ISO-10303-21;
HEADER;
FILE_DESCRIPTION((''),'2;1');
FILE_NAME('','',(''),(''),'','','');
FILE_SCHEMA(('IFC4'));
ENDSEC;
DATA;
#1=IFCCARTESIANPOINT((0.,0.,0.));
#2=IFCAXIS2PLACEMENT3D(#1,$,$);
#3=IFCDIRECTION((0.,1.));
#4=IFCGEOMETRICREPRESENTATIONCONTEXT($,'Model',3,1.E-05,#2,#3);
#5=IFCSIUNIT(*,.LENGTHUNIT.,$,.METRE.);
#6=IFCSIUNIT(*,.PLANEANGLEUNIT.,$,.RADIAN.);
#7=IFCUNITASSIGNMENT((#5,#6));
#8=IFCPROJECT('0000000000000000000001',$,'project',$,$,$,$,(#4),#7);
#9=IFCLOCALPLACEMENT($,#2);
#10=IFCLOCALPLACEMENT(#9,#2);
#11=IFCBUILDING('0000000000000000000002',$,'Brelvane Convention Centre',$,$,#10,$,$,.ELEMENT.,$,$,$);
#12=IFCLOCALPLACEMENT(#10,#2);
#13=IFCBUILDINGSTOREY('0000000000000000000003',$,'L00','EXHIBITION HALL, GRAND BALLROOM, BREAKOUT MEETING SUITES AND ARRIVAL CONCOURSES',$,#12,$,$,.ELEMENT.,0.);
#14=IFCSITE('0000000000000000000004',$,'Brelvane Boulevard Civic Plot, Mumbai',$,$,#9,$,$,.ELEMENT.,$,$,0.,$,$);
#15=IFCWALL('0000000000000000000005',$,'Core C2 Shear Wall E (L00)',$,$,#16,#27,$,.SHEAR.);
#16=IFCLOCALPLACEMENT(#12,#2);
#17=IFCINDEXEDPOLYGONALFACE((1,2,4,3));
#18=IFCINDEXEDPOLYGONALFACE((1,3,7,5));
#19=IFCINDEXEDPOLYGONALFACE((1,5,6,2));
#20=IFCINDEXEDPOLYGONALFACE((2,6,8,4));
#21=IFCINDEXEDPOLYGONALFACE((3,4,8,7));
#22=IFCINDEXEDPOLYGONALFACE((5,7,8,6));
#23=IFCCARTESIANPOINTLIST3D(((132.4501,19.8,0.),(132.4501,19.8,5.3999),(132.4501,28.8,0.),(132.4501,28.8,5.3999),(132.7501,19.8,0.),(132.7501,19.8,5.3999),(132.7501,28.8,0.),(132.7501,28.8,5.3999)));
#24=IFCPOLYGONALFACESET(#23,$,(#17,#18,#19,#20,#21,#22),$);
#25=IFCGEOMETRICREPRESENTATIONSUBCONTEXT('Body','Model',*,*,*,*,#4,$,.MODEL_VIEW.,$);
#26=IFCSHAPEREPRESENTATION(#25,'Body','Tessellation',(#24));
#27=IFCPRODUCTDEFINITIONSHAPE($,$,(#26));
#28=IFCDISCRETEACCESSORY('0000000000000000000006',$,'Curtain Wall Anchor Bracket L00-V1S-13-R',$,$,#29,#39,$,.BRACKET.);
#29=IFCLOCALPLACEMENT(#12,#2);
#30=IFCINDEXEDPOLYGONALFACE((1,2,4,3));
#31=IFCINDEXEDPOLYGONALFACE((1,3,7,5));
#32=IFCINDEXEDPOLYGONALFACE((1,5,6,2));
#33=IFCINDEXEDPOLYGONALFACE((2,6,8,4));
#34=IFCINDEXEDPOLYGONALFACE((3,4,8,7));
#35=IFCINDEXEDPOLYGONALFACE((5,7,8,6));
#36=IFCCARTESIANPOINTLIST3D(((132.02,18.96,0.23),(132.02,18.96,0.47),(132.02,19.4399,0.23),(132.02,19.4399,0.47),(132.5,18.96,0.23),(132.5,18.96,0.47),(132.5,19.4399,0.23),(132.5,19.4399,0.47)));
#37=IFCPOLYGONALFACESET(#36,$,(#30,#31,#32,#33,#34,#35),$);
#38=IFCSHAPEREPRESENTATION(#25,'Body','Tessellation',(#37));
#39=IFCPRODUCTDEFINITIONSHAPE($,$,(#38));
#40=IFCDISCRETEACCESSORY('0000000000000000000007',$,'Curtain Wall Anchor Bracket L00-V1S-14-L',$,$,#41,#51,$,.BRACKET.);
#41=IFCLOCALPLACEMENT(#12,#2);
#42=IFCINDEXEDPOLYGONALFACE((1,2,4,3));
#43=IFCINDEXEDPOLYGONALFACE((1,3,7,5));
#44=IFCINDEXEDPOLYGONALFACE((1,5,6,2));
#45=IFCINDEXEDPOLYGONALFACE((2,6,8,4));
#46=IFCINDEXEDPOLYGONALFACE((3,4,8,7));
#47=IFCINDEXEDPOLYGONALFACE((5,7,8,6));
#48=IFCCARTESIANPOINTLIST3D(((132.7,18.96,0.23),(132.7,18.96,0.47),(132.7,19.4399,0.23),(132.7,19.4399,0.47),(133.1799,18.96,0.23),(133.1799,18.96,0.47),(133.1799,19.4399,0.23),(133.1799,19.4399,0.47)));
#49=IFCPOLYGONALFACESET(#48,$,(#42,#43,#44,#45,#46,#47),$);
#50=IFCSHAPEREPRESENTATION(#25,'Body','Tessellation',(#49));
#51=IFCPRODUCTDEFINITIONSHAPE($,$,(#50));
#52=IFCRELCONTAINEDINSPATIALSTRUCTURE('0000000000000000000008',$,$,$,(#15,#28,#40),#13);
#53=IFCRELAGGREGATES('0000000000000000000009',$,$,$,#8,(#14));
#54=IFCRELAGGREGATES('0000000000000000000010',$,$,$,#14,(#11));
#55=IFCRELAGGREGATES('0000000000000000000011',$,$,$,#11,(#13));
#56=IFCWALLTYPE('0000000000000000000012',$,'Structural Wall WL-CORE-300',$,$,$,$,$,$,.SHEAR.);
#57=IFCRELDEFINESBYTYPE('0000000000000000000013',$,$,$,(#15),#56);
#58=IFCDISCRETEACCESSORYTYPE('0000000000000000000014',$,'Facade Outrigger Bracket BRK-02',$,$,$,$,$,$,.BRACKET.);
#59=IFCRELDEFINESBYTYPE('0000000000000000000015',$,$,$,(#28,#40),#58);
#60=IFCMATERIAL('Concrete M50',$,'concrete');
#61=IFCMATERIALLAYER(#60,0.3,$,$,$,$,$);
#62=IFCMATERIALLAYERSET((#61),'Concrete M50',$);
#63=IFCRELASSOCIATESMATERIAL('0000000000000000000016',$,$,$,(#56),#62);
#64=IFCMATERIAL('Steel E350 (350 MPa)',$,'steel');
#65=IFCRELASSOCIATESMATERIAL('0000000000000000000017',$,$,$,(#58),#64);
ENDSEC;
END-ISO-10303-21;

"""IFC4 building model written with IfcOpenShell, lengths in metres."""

from ifc_helpers import new_model, si_unit, direction, frame, frame_2d, origin, origin_2d, place, context, subcontext, project, spatial, rectangle, extrude, material, layer, layer_set, type_object, element, save


model = new_model("IFC4")

# Units and contexts
model_context = context("Model", 3, precision=1e-05, world=origin(), true_north=direction((0.0, 1.0)))
body_context = subcontext(model_context, "Body", "Model", "MODEL_VIEW")
ifc_project = project(units=[si_unit("LENGTHUNIT", "METRE"), si_unit("PLANEANGLEUNIT", "RADIAN")], contexts=[model_context])

# Site, building, storey
site_placement = place(None, origin())
site = spatial("IfcSite", under=ifc_project, at=site_placement, Name="Brelvane Boulevard Civic Plot, Mumbai", CompositionType="ELEMENT", RefElevation=0.0)
building_placement = place(site_placement, origin())
building = spatial("IfcBuilding", under=site, at=building_placement, Name="Brelvane Convention Centre", CompositionType="ELEMENT")
storey_placement = place(building_placement, origin())
storey = spatial("IfcBuildingStorey", under=building, at=storey_placement, Name="L00", Description="EXHIBITION HALL, GRAND BALLROOM, BREAKOUT MEETING SUITES AND ARRIVAL CONCOURSES", CompositionType="ELEMENT", Elevation=0.0)

# Wall
ifc_material_1 = material(Name="Concrete M50", Category="concrete")
ifc_layer_1 = layer(ifc_material_1, 0.3)
ifc_layer_set_1 = layer_set([ifc_layer_1], Name="Concrete M50")
wall_type = type_object("IfcWallType", Name="Structural Wall WL-CORE-300", PredefinedType="SHEAR", material=ifc_layer_set_1)
wall_placement = place(storey_placement, frame((132.6001, 19.8, 0.0), z_axis=(0.0, 0.0, 1.0), x_axis=(0.0, 1.0, 0.0)))
element("IfcWall", 1, at=wall_placement, inside=storey, type_object=wall_type, Name="Core C2 Shear Wall E (L00)", PredefinedType="SHEAR", context=body_context, shape_type="SweptSolid", body=[
    extrude(rectangle(XDim=9.0, YDim=0.3, at=frame_2d((4.5, 0.0))), origin(), (0.0, 0.0, 1.0), 5.3999),
])

# Discrete accessories
ifc_material_2 = material(Name="Steel E350 (350 MPa)", Category="steel")
discrete_accessory_type = type_object("IfcDiscreteAccessoryType", Name="Facade Outrigger Bracket BRK-02", PredefinedType="BRACKET", material=ifc_material_2)
for number, where, z_axis, x_axis, name in (
    (2, (132.26, 19.2, 0.23), (0.0, 0.0, 1.0), (1.0, 0.0, 0.0), "Curtain Wall Anchor Bracket L00-V1S-13-R"),
    (3, (132.9399, 19.2, 0.23), (0.0, 0.0, 1.0), (1.0, 0.0, 0.0), "Curtain Wall Anchor Bracket L00-V1S-14-L"),
):
    element("IfcDiscreteAccessory", number, at=place(storey_placement, frame(where, z_axis=z_axis, x_axis=x_axis)), inside=storey, type_object=discrete_accessory_type, Name=name, PredefinedType="BRACKET", context=body_context, shape_type="SweptSolid", body=[
        extrude(rectangle(XDim=0.48, YDim=0.48, at=origin_2d()), origin(), (0.0, 0.0, 1.0), 0.24),
    ])

save(model, "model.ifc")
